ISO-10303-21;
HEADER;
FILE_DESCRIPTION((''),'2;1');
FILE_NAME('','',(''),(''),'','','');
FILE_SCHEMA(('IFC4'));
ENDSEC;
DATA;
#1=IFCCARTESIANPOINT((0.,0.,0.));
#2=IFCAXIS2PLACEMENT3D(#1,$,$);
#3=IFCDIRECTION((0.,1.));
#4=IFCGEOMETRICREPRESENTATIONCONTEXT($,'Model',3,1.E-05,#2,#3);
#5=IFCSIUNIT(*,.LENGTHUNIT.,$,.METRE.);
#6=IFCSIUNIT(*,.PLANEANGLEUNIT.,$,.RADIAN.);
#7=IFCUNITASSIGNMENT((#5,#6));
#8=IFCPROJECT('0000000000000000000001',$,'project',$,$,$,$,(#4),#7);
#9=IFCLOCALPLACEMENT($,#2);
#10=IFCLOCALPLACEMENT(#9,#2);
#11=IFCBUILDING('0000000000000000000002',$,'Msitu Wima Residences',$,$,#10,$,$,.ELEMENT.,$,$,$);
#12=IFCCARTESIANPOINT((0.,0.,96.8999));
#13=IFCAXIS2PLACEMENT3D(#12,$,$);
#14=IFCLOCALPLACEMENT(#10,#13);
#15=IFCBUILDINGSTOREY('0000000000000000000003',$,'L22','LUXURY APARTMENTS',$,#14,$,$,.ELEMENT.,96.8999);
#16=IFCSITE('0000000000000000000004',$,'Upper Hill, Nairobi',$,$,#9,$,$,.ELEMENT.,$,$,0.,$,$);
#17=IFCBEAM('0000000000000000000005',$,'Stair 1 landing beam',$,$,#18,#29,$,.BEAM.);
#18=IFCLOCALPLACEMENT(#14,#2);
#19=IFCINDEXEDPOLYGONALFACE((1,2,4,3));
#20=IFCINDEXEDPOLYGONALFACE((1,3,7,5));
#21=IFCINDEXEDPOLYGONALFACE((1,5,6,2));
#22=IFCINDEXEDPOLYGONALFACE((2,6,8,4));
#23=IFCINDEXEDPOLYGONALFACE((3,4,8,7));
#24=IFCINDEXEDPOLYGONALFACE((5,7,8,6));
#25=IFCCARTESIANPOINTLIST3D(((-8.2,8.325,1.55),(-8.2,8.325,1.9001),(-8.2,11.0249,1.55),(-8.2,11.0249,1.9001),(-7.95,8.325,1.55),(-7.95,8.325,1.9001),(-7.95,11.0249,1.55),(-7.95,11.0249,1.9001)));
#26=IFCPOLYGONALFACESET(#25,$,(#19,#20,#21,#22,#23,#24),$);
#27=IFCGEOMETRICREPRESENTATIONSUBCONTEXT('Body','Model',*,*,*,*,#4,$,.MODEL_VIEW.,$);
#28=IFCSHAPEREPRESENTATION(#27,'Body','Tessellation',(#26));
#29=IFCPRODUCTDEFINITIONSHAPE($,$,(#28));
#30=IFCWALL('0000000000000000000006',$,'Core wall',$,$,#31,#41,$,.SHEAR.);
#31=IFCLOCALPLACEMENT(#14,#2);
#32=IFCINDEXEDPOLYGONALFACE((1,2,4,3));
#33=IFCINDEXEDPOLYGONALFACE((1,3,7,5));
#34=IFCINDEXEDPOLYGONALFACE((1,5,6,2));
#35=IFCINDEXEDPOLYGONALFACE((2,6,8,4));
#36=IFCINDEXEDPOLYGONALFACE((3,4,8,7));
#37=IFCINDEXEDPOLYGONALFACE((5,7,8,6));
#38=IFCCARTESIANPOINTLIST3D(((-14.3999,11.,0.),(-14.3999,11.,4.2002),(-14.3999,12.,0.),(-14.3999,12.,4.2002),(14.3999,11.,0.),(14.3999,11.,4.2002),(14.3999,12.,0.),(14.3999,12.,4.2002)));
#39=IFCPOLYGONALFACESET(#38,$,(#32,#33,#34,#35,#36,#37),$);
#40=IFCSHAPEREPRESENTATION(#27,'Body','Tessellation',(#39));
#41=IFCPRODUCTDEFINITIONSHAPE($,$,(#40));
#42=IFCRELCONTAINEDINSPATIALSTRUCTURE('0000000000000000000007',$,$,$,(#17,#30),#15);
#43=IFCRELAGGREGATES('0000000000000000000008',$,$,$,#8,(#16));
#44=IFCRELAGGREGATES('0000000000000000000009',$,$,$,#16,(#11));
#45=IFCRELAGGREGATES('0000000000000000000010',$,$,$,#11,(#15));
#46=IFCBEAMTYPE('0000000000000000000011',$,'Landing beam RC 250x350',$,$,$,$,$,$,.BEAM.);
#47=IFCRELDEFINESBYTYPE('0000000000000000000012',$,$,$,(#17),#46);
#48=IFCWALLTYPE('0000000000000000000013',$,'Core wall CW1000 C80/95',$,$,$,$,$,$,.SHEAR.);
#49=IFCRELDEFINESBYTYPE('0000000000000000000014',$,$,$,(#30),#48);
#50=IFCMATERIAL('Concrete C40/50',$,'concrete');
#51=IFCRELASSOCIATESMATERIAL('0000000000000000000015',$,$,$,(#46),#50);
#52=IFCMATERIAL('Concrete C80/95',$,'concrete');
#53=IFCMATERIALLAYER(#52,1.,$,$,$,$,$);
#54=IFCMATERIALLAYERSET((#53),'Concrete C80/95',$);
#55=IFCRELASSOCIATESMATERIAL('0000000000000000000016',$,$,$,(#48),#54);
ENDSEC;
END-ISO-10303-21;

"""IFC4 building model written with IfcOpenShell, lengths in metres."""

from ifc_helpers import new_model, si_unit, direction, frame, frame_2d, origin, origin_2d, place, context, subcontext, project, spatial, rectangle, extrude, material, layer, layer_set, material_profile, profile_set, type_object, element, save


model = new_model("IFC4")

# Units and contexts
model_context = context("Model", 3, precision=1e-05, world=origin(), true_north=direction((0.0, 1.0)))
body_context = subcontext(model_context, "Body", "Model", "MODEL_VIEW")
ifc_project = project(units=[si_unit("LENGTHUNIT", "METRE"), si_unit("PLANEANGLEUNIT", "RADIAN")], contexts=[model_context])

# Site, building, storey
site_placement = place(None, origin())
site = spatial("IfcSite", under=ifc_project, at=site_placement, Name="Upper Hill, Nairobi", CompositionType="ELEMENT", RefElevation=0.0)
building_placement = place(site_placement, origin())
building = spatial("IfcBuilding", under=site, at=building_placement, Name="Msitu Wima Residences", CompositionType="ELEMENT")
storey_placement = place(building_placement, frame((0.0, 0.0, 96.8999)))
storey = spatial("IfcBuildingStorey", under=building, at=storey_placement, Name="L22", Description="LUXURY APARTMENTS", CompositionType="ELEMENT", Elevation=96.8999)

# Beam
ifc_material_1 = material(Name="Concrete C40/50", Category="concrete")
ifc_material_profile = material_profile(ifc_material_1, rectangle(XDim=0.25, YDim=0.3501, at=origin_2d()), Name="RC 250x350")
ifc_profile_set = profile_set([ifc_material_profile], Name="Concrete C40/50")
beam_type = type_object("IfcBeamType", Name="Landing beam RC 250x350", PredefinedType="BEAM", material=ifc_profile_set)
beam_placement = place(storey_placement, frame((-8.075, 8.325, 1.7251), z_axis=(0.0, 1.0, 0.0), x_axis=(-1.0, 0.0, 0.0)))
element("IfcBeam", 1, at=beam_placement, inside=storey, type_object=beam_type, Name="Stair 1 landing beam", PredefinedType="BEAM", context=body_context, shape_type="SweptSolid", body=[
    extrude(rectangle(XDim=0.25, YDim=0.3501, at=origin_2d()), origin(), (0.0, 0.0, 1.0), 2.7),
])

# Wall
ifc_material_2 = material(Name="Concrete C80/95", Category="concrete")
ifc_layer_1 = layer(ifc_material_2, 1.0)
ifc_layer_set_1 = layer_set([ifc_layer_1], Name="Concrete C80/95")
wall_type_1 = type_object("IfcWallType", Name="Core wall CW1000 C80/95", PredefinedType="SHEAR", material=ifc_layer_set_1)
wall_1_placement = place(storey_placement, frame((-14.3999, 11.5, 0.0), z_axis=(0.0, 0.0, 1.0), x_axis=(1.0, 0.0, 0.0)))
element("IfcWall", 2, at=wall_1_placement, inside=storey, type_object=wall_type_1, Name="Core wall", PredefinedType="SHEAR", context=body_context, shape_type="SweptSolid", body=[
    extrude(rectangle(XDim=28.7998, YDim=1.0, at=frame_2d((14.3999, 0.0))), origin(), (0.0, 0.0, 1.0), 4.2002),
])

save(model, "model.ifc")
